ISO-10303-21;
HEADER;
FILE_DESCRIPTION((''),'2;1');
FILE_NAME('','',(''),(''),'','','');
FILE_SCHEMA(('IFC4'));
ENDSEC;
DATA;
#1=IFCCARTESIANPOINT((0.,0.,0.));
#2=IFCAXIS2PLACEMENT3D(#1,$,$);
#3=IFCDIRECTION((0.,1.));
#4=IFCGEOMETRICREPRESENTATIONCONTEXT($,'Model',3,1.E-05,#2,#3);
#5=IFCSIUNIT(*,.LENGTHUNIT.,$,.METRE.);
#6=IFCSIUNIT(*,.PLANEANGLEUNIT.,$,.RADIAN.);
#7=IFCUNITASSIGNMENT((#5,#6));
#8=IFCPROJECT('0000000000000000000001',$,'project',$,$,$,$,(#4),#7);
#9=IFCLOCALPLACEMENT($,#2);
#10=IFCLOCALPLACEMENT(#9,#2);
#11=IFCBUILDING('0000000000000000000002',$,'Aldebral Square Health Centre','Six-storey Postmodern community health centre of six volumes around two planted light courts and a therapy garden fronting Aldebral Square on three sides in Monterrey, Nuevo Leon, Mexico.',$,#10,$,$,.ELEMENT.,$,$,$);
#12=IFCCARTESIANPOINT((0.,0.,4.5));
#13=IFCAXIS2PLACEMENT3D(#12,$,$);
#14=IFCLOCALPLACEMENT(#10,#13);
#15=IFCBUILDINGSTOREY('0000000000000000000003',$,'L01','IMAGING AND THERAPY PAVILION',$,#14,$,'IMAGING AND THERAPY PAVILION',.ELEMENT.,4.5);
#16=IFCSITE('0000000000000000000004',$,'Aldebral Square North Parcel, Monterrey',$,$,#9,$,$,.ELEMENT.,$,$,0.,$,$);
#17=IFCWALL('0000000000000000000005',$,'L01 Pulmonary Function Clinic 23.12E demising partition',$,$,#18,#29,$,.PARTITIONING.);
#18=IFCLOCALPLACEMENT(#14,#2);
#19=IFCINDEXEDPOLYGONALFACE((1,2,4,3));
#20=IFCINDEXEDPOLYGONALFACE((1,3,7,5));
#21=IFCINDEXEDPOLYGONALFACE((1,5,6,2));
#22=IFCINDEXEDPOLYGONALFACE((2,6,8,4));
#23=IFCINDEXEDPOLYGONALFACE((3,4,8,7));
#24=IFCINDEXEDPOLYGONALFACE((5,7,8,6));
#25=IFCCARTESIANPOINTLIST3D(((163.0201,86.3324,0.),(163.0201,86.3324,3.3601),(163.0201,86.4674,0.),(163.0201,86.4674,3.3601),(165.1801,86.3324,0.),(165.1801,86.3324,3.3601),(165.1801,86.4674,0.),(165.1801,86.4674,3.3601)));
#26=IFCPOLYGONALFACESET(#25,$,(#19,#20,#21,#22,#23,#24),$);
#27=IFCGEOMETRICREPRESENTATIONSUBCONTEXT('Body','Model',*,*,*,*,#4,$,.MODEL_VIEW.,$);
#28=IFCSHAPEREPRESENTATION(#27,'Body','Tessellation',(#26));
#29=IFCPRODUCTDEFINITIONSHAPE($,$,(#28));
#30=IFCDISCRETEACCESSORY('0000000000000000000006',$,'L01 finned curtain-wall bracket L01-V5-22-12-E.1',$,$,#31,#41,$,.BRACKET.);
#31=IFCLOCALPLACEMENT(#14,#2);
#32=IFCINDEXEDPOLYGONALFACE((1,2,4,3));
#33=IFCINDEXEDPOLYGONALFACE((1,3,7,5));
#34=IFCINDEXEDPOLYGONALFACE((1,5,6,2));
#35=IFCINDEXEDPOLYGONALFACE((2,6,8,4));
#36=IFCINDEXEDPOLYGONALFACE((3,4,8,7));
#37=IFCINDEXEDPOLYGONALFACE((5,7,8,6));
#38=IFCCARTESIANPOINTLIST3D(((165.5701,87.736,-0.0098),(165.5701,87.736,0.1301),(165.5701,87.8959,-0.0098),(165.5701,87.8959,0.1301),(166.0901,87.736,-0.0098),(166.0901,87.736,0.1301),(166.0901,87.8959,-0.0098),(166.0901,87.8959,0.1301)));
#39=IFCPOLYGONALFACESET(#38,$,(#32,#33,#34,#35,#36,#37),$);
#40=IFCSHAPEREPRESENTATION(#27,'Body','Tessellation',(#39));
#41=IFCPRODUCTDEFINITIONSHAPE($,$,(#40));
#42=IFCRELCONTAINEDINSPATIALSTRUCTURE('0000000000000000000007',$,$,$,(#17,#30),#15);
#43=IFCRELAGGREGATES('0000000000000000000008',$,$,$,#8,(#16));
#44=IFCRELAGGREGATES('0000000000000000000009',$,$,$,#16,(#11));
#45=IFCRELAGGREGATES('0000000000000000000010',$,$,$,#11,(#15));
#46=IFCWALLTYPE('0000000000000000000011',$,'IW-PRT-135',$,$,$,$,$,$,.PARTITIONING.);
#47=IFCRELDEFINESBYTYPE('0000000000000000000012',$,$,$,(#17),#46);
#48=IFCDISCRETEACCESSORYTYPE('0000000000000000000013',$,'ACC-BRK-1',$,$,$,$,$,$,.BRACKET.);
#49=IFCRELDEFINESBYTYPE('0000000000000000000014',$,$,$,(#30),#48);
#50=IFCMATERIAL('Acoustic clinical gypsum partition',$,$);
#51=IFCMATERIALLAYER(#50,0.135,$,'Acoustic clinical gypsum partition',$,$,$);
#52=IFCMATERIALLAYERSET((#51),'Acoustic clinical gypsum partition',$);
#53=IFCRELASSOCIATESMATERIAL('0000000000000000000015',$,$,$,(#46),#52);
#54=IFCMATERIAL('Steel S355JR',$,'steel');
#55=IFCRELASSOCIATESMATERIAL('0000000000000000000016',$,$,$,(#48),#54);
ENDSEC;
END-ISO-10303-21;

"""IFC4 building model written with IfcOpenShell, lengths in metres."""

from ifc_helpers import new_model, si_unit, direction, frame, frame_2d, origin, origin_2d, place, context, subcontext, project, spatial, rectangle, extrude, material, layer, layer_set, type_object, element, save


model = new_model("IFC4")

# Units and contexts
model_context = context("Model", 3, precision=1e-05, world=origin(), true_north=direction((0.0, 1.0)))
body_context = subcontext(model_context, "Body", "Model", "MODEL_VIEW")
ifc_project = project(units=[si_unit("LENGTHUNIT", "METRE"), si_unit("PLANEANGLEUNIT", "RADIAN")], contexts=[model_context])

# Site, building, storey
site_placement = place(None, origin())
site = spatial("IfcSite", under=ifc_project, at=site_placement, Name="Aldebral Square North Parcel, Monterrey", CompositionType="ELEMENT", RefElevation=0.0)
building_placement = place(site_placement, origin())
building = spatial("IfcBuilding", under=site, at=building_placement, Name="Aldebral Square Health Centre", Description="Six-storey Postmodern community health centre of six volumes around two planted light courts and a therapy garden fronting Aldebral Square on three sides in Monterrey, Nuevo Leon, Mexico.", CompositionType="ELEMENT")
storey_placement = place(building_placement, frame((0.0, 0.0, 4.5)))
storey = spatial("IfcBuildingStorey", under=building, at=storey_placement, Name="L01", Description="IMAGING AND THERAPY PAVILION", LongName="IMAGING AND THERAPY PAVILION", CompositionType="ELEMENT", Elevation=4.5)

# Wall
ifc_material_1 = material(Name="Acoustic clinical gypsum partition")
ifc_layer_1 = layer(ifc_material_1, 0.135, Name="Acoustic clinical gypsum partition")
ifc_layer_set_1 = layer_set([ifc_layer_1], Name="Acoustic clinical gypsum partition")
wall_type_1 = type_object("IfcWallType", Name="IW-PRT-135", PredefinedType="PARTITIONING", material=ifc_layer_set_1)
wall_1_placement = place(storey_placement, frame((163.02, 86.3999, 0.0), z_axis=(0.0, 0.0, 1.0), x_axis=(1.0, 0.0, 0.0)))
element("IfcWall", 1, at=wall_1_placement, inside=storey, type_object=wall_type_1, Name="L01 Pulmonary Function Clinic 23.12E demising partition", PredefinedType="PARTITIONING", context=body_context, shape_type="SweptSolid", body=[
    extrude(rectangle(XDim=2.1599, YDim=0.135, at=frame_2d((1.0801, 0.0))), origin(), (0.0, 0.0, 1.0), 3.3601),
])

# Discrete accessory
ifc_material_2 = material(Name="Steel S355JR", Category="steel")
discrete_accessory_type = type_object("IfcDiscreteAccessoryType", Name="ACC-BRK-1", PredefinedType="BRACKET", material=ifc_material_2)
discrete_accessory_placement = place(storey_placement, frame((165.8301, 87.8159, -0.0098), z_axis=(0.0, 0.0, 1.0), x_axis=(0.0, 1.0, 0.0)))
element("IfcDiscreteAccessory", 2, at=discrete_accessory_placement, inside=storey, type_object=discrete_accessory_type, Name="L01 finned curtain-wall bracket L01-V5-22-12-E.1", PredefinedType="BRACKET", context=body_context, shape_type="SweptSolid", body=[
    extrude(rectangle(XDim=0.1599, YDim=0.52, at=origin_2d()), origin(), (0.0, 0.0, 1.0), 0.1399),
])

save(model, "model.ifc")
